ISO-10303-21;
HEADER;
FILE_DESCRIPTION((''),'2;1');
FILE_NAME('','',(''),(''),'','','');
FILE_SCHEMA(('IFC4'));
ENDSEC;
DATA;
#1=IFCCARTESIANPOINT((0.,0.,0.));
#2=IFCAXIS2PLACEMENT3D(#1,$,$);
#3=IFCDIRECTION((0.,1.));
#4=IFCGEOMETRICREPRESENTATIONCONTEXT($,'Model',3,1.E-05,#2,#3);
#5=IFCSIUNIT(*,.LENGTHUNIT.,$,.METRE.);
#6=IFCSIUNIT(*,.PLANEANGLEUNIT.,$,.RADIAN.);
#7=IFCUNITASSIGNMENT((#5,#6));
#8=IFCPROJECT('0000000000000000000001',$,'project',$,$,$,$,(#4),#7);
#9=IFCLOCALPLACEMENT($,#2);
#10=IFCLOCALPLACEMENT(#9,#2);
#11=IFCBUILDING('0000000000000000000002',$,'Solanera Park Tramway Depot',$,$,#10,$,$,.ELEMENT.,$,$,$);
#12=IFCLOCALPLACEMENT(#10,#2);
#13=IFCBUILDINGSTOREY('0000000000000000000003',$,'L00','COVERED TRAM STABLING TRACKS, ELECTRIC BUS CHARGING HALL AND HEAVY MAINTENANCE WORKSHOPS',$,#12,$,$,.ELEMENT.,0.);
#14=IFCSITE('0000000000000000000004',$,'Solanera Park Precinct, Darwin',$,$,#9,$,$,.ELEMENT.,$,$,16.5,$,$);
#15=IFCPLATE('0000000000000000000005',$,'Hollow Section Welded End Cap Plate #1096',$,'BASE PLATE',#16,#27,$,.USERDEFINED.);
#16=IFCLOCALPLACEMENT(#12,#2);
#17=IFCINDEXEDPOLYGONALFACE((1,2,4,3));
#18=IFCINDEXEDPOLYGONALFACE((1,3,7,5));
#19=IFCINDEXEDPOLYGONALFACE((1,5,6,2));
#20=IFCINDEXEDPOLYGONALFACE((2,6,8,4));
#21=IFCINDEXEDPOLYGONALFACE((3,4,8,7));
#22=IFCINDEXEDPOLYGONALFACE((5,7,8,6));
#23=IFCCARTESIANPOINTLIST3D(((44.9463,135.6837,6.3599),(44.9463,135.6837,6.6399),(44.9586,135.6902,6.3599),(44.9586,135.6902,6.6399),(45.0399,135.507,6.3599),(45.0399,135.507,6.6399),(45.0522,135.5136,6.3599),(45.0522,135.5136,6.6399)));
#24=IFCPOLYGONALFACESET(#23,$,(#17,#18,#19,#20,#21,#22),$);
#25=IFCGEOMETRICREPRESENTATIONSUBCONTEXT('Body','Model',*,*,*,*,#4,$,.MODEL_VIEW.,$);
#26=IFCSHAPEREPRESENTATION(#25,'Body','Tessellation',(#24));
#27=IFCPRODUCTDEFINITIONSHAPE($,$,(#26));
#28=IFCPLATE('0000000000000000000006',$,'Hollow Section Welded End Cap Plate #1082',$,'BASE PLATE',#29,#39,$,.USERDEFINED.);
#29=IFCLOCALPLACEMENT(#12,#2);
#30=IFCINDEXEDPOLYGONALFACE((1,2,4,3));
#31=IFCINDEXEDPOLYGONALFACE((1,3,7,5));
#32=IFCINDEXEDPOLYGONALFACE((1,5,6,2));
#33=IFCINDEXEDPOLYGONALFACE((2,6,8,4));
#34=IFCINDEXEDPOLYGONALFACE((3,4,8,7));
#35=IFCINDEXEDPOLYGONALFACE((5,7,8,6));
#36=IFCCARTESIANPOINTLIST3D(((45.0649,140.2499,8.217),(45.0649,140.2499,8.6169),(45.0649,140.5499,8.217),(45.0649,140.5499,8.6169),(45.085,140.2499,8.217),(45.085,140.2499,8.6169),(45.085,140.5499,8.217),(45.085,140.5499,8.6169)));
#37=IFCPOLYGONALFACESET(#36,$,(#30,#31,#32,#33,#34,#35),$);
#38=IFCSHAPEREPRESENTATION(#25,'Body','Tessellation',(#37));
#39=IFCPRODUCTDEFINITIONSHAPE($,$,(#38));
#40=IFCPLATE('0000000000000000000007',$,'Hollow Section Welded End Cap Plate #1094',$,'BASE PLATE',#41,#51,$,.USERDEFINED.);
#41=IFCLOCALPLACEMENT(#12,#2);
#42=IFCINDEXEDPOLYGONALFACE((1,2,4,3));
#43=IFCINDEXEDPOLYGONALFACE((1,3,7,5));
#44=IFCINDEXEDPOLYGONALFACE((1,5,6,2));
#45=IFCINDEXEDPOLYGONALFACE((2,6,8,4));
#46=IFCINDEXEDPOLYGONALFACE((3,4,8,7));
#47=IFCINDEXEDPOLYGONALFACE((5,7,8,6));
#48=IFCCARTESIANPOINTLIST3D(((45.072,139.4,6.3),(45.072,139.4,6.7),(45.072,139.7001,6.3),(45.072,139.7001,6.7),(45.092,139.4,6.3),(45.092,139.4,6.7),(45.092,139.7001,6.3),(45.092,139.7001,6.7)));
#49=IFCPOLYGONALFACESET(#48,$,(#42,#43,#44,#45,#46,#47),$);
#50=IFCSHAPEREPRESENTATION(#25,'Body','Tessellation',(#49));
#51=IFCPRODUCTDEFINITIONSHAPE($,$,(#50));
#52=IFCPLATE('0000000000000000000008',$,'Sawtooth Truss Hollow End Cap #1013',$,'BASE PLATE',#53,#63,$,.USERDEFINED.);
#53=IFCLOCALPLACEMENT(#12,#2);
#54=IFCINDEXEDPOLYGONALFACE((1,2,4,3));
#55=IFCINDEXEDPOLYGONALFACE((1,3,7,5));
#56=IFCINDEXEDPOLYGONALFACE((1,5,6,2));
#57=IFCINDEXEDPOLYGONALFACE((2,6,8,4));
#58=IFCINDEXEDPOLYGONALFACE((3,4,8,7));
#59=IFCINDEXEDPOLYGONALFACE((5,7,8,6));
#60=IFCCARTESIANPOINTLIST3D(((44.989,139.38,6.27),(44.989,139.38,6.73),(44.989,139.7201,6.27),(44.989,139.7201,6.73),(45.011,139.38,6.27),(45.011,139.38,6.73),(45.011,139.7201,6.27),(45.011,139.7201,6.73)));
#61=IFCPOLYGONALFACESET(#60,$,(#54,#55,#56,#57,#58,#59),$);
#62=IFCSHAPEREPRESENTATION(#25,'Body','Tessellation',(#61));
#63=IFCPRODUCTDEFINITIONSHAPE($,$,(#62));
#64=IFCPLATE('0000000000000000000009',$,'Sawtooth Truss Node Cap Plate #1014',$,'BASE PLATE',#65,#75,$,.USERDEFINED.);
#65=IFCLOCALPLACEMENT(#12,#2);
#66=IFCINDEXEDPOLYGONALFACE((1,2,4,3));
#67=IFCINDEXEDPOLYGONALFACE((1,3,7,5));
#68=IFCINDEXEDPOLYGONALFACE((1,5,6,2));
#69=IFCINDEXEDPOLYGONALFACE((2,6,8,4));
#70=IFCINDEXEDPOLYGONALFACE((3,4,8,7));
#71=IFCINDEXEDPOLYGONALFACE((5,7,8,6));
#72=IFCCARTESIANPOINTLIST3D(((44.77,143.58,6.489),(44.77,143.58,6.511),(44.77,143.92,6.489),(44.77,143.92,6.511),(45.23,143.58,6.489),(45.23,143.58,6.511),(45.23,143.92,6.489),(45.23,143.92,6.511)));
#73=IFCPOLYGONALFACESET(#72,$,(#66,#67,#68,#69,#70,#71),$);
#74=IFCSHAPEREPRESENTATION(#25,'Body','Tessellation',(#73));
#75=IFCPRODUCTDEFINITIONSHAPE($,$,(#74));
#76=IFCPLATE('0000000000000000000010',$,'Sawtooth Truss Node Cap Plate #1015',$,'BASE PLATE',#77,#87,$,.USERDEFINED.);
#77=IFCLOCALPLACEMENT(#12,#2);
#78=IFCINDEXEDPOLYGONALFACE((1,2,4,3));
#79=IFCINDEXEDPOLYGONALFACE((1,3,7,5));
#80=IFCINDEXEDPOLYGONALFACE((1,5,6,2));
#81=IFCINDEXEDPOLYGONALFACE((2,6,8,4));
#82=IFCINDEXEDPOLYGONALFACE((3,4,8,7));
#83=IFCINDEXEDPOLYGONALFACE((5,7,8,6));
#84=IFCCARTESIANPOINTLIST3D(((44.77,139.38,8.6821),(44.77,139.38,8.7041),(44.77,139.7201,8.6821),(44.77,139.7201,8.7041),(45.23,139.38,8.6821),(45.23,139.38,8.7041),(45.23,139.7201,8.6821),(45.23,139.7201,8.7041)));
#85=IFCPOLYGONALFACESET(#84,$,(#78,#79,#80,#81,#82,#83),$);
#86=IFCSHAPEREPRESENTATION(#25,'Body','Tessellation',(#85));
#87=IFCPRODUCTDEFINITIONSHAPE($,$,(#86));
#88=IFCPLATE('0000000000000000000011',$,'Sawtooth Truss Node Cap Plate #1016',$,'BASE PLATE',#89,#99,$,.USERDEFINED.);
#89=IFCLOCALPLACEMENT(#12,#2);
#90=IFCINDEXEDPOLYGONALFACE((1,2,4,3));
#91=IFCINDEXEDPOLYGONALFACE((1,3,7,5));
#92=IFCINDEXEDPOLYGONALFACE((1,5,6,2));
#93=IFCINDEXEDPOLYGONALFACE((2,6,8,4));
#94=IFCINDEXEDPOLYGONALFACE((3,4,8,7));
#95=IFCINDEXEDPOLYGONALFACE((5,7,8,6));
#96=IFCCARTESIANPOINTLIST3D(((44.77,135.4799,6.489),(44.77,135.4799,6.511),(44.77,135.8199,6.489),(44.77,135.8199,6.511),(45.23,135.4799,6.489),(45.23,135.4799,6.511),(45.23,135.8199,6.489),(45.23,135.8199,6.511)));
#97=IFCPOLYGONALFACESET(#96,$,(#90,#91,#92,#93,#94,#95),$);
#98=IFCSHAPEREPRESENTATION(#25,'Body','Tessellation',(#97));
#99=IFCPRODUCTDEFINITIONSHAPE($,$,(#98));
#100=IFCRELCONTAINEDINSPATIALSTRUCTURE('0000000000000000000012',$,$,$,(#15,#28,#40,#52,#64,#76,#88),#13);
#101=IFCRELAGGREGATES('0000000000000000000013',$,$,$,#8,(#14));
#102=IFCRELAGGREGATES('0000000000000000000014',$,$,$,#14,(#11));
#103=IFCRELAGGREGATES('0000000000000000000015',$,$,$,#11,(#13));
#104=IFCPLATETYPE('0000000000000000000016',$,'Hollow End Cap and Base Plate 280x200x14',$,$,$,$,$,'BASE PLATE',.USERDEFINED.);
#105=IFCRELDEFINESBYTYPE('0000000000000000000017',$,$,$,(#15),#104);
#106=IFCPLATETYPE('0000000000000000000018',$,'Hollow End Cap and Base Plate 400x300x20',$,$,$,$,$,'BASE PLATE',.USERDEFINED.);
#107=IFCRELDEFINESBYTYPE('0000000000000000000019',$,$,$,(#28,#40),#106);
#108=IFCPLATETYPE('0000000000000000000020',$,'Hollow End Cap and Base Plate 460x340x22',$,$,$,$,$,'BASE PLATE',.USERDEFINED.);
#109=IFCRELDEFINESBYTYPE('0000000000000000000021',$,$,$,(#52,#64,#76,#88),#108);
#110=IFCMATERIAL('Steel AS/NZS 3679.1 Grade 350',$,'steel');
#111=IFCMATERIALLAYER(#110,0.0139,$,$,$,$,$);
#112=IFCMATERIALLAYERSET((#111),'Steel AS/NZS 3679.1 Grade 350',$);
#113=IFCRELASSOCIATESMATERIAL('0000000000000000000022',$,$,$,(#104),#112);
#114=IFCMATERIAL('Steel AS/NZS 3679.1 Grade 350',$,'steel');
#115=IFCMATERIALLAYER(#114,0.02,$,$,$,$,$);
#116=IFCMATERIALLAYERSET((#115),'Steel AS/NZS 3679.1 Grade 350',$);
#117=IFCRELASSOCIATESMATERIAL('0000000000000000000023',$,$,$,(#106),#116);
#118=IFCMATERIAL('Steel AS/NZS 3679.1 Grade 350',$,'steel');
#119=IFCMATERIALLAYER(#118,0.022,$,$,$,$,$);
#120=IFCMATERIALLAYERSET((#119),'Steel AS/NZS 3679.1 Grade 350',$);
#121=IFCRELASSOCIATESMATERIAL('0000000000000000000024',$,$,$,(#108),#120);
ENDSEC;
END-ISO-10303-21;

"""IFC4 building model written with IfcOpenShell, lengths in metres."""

from ifc_helpers import new_model, si_unit, direction, frame, origin, origin_2d, place, context, subcontext, project, spatial, rectangle, extrude, material, layer, layer_set, type_object, element, save


model = new_model("IFC4")

# Units and contexts
model_context = context("Model", 3, precision=1e-05, world=origin(), true_north=direction((0.0, 1.0)))
body_context = subcontext(model_context, "Body", "Model", "MODEL_VIEW")
ifc_project = project(units=[si_unit("LENGTHUNIT", "METRE"), si_unit("PLANEANGLEUNIT", "RADIAN")], contexts=[model_context])

# Site, building, storey
site_placement = place(None, origin())
site = spatial("IfcSite", under=ifc_project, at=site_placement, Name="Solanera Park Precinct, Darwin", CompositionType="ELEMENT", RefElevation=16.5)
building_placement = place(site_placement, origin())
building = spatial("IfcBuilding", under=site, at=building_placement, Name="Solanera Park Tramway Depot", CompositionType="ELEMENT")
storey_placement = place(building_placement, origin())
storey = spatial("IfcBuildingStorey", under=building, at=storey_placement, Name="L00", Description="COVERED TRAM STABLING TRACKS, ELECTRIC BUS CHARGING HALL AND HEAVY MAINTENANCE WORKSHOPS", CompositionType="ELEMENT", Elevation=0.0)

# Plates
ifc_material_1 = material(Name="Steel AS/NZS 3679.1 Grade 350", Category="steel")
ifc_layer_1 = layer(ifc_material_1, 0.0139)
ifc_layer_set_1 = layer_set([ifc_layer_1], Name="Steel AS/NZS 3679.1 Grade 350")
plate_type_1 = type_object("IfcPlateType", Name="Hollow End Cap and Base Plate 280x200x14", ElementType="BASE PLATE", PredefinedType="USERDEFINED", material=ifc_layer_set_1)
for number, where, z_axis, x_axis, name in (
    (1, (44.9993, 135.5986, 6.3599), (0.0, 0.0, 1.0), (0.883521, 0.468392, 0.0), "Hollow Section Welded End Cap Plate #1096"),
):
    element("IfcPlate", number, at=place(storey_placement, frame(where, z_axis=z_axis, x_axis=x_axis)), inside=storey, type_object=plate_type_1, Name=name, ObjectType="BASE PLATE", PredefinedType="USERDEFINED", context=body_context, shape_type="SweptSolid", body=[
        extrude(rectangle(XDim=0.0139, YDim=0.2, at=origin_2d()), origin(), (0.0, 0.0, 1.0), 0.28),
    ])
ifc_material_2 = material(Name="Steel AS/NZS 3679.1 Grade 350", Category="steel")
ifc_layer_2 = layer(ifc_material_2, 0.02)
ifc_layer_set_2 = layer_set([ifc_layer_2], Name="Steel AS/NZS 3679.1 Grade 350")
plate_type_2 = type_object("IfcPlateType", Name="Hollow End Cap and Base Plate 400x300x20", ElementType="BASE PLATE", PredefinedType="USERDEFINED", material=ifc_layer_set_2)
for number, where, z_axis, x_axis, name in (
    (2, (45.075, 140.3999, 8.217), (0.0, 0.0, 1.0), (1.0, 0.0, 0.0), "Hollow Section Welded End Cap Plate #1082"),
    (3, (45.082, 139.55, 6.3), (0.0, 0.0, 1.0), (1.0, 0.0, 0.0), "Hollow Section Welded End Cap Plate #1094"),
):
    element("IfcPlate", number, at=place(storey_placement, frame(where, z_axis=z_axis, x_axis=x_axis)), inside=storey, type_object=plate_type_2, Name=name, ObjectType="BASE PLATE", PredefinedType="USERDEFINED", context=body_context, shape_type="SweptSolid", body=[
        extrude(rectangle(XDim=0.02, YDim=0.3, at=origin_2d()), origin(), (0.0, 0.0, 1.0), 0.3999),
    ])
ifc_material_3 = material(Name="Steel AS/NZS 3679.1 Grade 350", Category="steel")
ifc_layer_3 = layer(ifc_material_3, 0.022)
ifc_layer_set_3 = layer_set([ifc_layer_3], Name="Steel AS/NZS 3679.1 Grade 350")
plate_type_3 = type_object("IfcPlateType", Name="Hollow End Cap and Base Plate 460x340x22", ElementType="BASE PLATE", PredefinedType="USERDEFINED", material=ifc_layer_set_3)
plate_1_placement = place(storey_placement, frame((45.0, 139.55, 6.27), z_axis=(0.0, 0.0, 1.0), x_axis=(1.0, 0.0, 0.0)))
element("IfcPlate", 4, at=plate_1_placement, inside=storey, type_object=plate_type_3, Name="Sawtooth Truss Hollow End Cap #1013", ObjectType="BASE PLATE", PredefinedType="USERDEFINED", context=body_context, shape_type="SweptSolid", body=[
    extrude(rectangle(XDim=0.022, YDim=0.3401, at=origin_2d()), origin(), (0.0, 0.0, 1.0), 0.46),
])
for number, where, z_axis, x_axis, name in (
    (5, (45.0, 143.75, 6.489), (0.0, 0.0, 1.0), (1.0, 0.0, 0.0), "Sawtooth Truss Node Cap Plate #1014"),
    (6, (45.0, 139.55, 8.6821), (0.0, 0.0, 1.0), (1.0, 0.0, 0.0), "Sawtooth Truss Node Cap Plate #1015"),
    (7, (45.0, 135.6499, 6.489), (0.0, 0.0, 1.0), (1.0, 0.0, 0.0), "Sawtooth Truss Node Cap Plate #1016"),
):
    element("IfcPlate", number, at=place(storey_placement, frame(where, z_axis=z_axis, x_axis=x_axis)), inside=storey, type_object=plate_type_3, Name=name, ObjectType="BASE PLATE", PredefinedType="USERDEFINED", context=body_context, shape_type="SweptSolid", body=[
        extrude(rectangle(XDim=0.46, YDim=0.3401, at=origin_2d()), origin(), (0.0, 0.0, 1.0), 0.022),
    ])

save(model, "model.ifc")
